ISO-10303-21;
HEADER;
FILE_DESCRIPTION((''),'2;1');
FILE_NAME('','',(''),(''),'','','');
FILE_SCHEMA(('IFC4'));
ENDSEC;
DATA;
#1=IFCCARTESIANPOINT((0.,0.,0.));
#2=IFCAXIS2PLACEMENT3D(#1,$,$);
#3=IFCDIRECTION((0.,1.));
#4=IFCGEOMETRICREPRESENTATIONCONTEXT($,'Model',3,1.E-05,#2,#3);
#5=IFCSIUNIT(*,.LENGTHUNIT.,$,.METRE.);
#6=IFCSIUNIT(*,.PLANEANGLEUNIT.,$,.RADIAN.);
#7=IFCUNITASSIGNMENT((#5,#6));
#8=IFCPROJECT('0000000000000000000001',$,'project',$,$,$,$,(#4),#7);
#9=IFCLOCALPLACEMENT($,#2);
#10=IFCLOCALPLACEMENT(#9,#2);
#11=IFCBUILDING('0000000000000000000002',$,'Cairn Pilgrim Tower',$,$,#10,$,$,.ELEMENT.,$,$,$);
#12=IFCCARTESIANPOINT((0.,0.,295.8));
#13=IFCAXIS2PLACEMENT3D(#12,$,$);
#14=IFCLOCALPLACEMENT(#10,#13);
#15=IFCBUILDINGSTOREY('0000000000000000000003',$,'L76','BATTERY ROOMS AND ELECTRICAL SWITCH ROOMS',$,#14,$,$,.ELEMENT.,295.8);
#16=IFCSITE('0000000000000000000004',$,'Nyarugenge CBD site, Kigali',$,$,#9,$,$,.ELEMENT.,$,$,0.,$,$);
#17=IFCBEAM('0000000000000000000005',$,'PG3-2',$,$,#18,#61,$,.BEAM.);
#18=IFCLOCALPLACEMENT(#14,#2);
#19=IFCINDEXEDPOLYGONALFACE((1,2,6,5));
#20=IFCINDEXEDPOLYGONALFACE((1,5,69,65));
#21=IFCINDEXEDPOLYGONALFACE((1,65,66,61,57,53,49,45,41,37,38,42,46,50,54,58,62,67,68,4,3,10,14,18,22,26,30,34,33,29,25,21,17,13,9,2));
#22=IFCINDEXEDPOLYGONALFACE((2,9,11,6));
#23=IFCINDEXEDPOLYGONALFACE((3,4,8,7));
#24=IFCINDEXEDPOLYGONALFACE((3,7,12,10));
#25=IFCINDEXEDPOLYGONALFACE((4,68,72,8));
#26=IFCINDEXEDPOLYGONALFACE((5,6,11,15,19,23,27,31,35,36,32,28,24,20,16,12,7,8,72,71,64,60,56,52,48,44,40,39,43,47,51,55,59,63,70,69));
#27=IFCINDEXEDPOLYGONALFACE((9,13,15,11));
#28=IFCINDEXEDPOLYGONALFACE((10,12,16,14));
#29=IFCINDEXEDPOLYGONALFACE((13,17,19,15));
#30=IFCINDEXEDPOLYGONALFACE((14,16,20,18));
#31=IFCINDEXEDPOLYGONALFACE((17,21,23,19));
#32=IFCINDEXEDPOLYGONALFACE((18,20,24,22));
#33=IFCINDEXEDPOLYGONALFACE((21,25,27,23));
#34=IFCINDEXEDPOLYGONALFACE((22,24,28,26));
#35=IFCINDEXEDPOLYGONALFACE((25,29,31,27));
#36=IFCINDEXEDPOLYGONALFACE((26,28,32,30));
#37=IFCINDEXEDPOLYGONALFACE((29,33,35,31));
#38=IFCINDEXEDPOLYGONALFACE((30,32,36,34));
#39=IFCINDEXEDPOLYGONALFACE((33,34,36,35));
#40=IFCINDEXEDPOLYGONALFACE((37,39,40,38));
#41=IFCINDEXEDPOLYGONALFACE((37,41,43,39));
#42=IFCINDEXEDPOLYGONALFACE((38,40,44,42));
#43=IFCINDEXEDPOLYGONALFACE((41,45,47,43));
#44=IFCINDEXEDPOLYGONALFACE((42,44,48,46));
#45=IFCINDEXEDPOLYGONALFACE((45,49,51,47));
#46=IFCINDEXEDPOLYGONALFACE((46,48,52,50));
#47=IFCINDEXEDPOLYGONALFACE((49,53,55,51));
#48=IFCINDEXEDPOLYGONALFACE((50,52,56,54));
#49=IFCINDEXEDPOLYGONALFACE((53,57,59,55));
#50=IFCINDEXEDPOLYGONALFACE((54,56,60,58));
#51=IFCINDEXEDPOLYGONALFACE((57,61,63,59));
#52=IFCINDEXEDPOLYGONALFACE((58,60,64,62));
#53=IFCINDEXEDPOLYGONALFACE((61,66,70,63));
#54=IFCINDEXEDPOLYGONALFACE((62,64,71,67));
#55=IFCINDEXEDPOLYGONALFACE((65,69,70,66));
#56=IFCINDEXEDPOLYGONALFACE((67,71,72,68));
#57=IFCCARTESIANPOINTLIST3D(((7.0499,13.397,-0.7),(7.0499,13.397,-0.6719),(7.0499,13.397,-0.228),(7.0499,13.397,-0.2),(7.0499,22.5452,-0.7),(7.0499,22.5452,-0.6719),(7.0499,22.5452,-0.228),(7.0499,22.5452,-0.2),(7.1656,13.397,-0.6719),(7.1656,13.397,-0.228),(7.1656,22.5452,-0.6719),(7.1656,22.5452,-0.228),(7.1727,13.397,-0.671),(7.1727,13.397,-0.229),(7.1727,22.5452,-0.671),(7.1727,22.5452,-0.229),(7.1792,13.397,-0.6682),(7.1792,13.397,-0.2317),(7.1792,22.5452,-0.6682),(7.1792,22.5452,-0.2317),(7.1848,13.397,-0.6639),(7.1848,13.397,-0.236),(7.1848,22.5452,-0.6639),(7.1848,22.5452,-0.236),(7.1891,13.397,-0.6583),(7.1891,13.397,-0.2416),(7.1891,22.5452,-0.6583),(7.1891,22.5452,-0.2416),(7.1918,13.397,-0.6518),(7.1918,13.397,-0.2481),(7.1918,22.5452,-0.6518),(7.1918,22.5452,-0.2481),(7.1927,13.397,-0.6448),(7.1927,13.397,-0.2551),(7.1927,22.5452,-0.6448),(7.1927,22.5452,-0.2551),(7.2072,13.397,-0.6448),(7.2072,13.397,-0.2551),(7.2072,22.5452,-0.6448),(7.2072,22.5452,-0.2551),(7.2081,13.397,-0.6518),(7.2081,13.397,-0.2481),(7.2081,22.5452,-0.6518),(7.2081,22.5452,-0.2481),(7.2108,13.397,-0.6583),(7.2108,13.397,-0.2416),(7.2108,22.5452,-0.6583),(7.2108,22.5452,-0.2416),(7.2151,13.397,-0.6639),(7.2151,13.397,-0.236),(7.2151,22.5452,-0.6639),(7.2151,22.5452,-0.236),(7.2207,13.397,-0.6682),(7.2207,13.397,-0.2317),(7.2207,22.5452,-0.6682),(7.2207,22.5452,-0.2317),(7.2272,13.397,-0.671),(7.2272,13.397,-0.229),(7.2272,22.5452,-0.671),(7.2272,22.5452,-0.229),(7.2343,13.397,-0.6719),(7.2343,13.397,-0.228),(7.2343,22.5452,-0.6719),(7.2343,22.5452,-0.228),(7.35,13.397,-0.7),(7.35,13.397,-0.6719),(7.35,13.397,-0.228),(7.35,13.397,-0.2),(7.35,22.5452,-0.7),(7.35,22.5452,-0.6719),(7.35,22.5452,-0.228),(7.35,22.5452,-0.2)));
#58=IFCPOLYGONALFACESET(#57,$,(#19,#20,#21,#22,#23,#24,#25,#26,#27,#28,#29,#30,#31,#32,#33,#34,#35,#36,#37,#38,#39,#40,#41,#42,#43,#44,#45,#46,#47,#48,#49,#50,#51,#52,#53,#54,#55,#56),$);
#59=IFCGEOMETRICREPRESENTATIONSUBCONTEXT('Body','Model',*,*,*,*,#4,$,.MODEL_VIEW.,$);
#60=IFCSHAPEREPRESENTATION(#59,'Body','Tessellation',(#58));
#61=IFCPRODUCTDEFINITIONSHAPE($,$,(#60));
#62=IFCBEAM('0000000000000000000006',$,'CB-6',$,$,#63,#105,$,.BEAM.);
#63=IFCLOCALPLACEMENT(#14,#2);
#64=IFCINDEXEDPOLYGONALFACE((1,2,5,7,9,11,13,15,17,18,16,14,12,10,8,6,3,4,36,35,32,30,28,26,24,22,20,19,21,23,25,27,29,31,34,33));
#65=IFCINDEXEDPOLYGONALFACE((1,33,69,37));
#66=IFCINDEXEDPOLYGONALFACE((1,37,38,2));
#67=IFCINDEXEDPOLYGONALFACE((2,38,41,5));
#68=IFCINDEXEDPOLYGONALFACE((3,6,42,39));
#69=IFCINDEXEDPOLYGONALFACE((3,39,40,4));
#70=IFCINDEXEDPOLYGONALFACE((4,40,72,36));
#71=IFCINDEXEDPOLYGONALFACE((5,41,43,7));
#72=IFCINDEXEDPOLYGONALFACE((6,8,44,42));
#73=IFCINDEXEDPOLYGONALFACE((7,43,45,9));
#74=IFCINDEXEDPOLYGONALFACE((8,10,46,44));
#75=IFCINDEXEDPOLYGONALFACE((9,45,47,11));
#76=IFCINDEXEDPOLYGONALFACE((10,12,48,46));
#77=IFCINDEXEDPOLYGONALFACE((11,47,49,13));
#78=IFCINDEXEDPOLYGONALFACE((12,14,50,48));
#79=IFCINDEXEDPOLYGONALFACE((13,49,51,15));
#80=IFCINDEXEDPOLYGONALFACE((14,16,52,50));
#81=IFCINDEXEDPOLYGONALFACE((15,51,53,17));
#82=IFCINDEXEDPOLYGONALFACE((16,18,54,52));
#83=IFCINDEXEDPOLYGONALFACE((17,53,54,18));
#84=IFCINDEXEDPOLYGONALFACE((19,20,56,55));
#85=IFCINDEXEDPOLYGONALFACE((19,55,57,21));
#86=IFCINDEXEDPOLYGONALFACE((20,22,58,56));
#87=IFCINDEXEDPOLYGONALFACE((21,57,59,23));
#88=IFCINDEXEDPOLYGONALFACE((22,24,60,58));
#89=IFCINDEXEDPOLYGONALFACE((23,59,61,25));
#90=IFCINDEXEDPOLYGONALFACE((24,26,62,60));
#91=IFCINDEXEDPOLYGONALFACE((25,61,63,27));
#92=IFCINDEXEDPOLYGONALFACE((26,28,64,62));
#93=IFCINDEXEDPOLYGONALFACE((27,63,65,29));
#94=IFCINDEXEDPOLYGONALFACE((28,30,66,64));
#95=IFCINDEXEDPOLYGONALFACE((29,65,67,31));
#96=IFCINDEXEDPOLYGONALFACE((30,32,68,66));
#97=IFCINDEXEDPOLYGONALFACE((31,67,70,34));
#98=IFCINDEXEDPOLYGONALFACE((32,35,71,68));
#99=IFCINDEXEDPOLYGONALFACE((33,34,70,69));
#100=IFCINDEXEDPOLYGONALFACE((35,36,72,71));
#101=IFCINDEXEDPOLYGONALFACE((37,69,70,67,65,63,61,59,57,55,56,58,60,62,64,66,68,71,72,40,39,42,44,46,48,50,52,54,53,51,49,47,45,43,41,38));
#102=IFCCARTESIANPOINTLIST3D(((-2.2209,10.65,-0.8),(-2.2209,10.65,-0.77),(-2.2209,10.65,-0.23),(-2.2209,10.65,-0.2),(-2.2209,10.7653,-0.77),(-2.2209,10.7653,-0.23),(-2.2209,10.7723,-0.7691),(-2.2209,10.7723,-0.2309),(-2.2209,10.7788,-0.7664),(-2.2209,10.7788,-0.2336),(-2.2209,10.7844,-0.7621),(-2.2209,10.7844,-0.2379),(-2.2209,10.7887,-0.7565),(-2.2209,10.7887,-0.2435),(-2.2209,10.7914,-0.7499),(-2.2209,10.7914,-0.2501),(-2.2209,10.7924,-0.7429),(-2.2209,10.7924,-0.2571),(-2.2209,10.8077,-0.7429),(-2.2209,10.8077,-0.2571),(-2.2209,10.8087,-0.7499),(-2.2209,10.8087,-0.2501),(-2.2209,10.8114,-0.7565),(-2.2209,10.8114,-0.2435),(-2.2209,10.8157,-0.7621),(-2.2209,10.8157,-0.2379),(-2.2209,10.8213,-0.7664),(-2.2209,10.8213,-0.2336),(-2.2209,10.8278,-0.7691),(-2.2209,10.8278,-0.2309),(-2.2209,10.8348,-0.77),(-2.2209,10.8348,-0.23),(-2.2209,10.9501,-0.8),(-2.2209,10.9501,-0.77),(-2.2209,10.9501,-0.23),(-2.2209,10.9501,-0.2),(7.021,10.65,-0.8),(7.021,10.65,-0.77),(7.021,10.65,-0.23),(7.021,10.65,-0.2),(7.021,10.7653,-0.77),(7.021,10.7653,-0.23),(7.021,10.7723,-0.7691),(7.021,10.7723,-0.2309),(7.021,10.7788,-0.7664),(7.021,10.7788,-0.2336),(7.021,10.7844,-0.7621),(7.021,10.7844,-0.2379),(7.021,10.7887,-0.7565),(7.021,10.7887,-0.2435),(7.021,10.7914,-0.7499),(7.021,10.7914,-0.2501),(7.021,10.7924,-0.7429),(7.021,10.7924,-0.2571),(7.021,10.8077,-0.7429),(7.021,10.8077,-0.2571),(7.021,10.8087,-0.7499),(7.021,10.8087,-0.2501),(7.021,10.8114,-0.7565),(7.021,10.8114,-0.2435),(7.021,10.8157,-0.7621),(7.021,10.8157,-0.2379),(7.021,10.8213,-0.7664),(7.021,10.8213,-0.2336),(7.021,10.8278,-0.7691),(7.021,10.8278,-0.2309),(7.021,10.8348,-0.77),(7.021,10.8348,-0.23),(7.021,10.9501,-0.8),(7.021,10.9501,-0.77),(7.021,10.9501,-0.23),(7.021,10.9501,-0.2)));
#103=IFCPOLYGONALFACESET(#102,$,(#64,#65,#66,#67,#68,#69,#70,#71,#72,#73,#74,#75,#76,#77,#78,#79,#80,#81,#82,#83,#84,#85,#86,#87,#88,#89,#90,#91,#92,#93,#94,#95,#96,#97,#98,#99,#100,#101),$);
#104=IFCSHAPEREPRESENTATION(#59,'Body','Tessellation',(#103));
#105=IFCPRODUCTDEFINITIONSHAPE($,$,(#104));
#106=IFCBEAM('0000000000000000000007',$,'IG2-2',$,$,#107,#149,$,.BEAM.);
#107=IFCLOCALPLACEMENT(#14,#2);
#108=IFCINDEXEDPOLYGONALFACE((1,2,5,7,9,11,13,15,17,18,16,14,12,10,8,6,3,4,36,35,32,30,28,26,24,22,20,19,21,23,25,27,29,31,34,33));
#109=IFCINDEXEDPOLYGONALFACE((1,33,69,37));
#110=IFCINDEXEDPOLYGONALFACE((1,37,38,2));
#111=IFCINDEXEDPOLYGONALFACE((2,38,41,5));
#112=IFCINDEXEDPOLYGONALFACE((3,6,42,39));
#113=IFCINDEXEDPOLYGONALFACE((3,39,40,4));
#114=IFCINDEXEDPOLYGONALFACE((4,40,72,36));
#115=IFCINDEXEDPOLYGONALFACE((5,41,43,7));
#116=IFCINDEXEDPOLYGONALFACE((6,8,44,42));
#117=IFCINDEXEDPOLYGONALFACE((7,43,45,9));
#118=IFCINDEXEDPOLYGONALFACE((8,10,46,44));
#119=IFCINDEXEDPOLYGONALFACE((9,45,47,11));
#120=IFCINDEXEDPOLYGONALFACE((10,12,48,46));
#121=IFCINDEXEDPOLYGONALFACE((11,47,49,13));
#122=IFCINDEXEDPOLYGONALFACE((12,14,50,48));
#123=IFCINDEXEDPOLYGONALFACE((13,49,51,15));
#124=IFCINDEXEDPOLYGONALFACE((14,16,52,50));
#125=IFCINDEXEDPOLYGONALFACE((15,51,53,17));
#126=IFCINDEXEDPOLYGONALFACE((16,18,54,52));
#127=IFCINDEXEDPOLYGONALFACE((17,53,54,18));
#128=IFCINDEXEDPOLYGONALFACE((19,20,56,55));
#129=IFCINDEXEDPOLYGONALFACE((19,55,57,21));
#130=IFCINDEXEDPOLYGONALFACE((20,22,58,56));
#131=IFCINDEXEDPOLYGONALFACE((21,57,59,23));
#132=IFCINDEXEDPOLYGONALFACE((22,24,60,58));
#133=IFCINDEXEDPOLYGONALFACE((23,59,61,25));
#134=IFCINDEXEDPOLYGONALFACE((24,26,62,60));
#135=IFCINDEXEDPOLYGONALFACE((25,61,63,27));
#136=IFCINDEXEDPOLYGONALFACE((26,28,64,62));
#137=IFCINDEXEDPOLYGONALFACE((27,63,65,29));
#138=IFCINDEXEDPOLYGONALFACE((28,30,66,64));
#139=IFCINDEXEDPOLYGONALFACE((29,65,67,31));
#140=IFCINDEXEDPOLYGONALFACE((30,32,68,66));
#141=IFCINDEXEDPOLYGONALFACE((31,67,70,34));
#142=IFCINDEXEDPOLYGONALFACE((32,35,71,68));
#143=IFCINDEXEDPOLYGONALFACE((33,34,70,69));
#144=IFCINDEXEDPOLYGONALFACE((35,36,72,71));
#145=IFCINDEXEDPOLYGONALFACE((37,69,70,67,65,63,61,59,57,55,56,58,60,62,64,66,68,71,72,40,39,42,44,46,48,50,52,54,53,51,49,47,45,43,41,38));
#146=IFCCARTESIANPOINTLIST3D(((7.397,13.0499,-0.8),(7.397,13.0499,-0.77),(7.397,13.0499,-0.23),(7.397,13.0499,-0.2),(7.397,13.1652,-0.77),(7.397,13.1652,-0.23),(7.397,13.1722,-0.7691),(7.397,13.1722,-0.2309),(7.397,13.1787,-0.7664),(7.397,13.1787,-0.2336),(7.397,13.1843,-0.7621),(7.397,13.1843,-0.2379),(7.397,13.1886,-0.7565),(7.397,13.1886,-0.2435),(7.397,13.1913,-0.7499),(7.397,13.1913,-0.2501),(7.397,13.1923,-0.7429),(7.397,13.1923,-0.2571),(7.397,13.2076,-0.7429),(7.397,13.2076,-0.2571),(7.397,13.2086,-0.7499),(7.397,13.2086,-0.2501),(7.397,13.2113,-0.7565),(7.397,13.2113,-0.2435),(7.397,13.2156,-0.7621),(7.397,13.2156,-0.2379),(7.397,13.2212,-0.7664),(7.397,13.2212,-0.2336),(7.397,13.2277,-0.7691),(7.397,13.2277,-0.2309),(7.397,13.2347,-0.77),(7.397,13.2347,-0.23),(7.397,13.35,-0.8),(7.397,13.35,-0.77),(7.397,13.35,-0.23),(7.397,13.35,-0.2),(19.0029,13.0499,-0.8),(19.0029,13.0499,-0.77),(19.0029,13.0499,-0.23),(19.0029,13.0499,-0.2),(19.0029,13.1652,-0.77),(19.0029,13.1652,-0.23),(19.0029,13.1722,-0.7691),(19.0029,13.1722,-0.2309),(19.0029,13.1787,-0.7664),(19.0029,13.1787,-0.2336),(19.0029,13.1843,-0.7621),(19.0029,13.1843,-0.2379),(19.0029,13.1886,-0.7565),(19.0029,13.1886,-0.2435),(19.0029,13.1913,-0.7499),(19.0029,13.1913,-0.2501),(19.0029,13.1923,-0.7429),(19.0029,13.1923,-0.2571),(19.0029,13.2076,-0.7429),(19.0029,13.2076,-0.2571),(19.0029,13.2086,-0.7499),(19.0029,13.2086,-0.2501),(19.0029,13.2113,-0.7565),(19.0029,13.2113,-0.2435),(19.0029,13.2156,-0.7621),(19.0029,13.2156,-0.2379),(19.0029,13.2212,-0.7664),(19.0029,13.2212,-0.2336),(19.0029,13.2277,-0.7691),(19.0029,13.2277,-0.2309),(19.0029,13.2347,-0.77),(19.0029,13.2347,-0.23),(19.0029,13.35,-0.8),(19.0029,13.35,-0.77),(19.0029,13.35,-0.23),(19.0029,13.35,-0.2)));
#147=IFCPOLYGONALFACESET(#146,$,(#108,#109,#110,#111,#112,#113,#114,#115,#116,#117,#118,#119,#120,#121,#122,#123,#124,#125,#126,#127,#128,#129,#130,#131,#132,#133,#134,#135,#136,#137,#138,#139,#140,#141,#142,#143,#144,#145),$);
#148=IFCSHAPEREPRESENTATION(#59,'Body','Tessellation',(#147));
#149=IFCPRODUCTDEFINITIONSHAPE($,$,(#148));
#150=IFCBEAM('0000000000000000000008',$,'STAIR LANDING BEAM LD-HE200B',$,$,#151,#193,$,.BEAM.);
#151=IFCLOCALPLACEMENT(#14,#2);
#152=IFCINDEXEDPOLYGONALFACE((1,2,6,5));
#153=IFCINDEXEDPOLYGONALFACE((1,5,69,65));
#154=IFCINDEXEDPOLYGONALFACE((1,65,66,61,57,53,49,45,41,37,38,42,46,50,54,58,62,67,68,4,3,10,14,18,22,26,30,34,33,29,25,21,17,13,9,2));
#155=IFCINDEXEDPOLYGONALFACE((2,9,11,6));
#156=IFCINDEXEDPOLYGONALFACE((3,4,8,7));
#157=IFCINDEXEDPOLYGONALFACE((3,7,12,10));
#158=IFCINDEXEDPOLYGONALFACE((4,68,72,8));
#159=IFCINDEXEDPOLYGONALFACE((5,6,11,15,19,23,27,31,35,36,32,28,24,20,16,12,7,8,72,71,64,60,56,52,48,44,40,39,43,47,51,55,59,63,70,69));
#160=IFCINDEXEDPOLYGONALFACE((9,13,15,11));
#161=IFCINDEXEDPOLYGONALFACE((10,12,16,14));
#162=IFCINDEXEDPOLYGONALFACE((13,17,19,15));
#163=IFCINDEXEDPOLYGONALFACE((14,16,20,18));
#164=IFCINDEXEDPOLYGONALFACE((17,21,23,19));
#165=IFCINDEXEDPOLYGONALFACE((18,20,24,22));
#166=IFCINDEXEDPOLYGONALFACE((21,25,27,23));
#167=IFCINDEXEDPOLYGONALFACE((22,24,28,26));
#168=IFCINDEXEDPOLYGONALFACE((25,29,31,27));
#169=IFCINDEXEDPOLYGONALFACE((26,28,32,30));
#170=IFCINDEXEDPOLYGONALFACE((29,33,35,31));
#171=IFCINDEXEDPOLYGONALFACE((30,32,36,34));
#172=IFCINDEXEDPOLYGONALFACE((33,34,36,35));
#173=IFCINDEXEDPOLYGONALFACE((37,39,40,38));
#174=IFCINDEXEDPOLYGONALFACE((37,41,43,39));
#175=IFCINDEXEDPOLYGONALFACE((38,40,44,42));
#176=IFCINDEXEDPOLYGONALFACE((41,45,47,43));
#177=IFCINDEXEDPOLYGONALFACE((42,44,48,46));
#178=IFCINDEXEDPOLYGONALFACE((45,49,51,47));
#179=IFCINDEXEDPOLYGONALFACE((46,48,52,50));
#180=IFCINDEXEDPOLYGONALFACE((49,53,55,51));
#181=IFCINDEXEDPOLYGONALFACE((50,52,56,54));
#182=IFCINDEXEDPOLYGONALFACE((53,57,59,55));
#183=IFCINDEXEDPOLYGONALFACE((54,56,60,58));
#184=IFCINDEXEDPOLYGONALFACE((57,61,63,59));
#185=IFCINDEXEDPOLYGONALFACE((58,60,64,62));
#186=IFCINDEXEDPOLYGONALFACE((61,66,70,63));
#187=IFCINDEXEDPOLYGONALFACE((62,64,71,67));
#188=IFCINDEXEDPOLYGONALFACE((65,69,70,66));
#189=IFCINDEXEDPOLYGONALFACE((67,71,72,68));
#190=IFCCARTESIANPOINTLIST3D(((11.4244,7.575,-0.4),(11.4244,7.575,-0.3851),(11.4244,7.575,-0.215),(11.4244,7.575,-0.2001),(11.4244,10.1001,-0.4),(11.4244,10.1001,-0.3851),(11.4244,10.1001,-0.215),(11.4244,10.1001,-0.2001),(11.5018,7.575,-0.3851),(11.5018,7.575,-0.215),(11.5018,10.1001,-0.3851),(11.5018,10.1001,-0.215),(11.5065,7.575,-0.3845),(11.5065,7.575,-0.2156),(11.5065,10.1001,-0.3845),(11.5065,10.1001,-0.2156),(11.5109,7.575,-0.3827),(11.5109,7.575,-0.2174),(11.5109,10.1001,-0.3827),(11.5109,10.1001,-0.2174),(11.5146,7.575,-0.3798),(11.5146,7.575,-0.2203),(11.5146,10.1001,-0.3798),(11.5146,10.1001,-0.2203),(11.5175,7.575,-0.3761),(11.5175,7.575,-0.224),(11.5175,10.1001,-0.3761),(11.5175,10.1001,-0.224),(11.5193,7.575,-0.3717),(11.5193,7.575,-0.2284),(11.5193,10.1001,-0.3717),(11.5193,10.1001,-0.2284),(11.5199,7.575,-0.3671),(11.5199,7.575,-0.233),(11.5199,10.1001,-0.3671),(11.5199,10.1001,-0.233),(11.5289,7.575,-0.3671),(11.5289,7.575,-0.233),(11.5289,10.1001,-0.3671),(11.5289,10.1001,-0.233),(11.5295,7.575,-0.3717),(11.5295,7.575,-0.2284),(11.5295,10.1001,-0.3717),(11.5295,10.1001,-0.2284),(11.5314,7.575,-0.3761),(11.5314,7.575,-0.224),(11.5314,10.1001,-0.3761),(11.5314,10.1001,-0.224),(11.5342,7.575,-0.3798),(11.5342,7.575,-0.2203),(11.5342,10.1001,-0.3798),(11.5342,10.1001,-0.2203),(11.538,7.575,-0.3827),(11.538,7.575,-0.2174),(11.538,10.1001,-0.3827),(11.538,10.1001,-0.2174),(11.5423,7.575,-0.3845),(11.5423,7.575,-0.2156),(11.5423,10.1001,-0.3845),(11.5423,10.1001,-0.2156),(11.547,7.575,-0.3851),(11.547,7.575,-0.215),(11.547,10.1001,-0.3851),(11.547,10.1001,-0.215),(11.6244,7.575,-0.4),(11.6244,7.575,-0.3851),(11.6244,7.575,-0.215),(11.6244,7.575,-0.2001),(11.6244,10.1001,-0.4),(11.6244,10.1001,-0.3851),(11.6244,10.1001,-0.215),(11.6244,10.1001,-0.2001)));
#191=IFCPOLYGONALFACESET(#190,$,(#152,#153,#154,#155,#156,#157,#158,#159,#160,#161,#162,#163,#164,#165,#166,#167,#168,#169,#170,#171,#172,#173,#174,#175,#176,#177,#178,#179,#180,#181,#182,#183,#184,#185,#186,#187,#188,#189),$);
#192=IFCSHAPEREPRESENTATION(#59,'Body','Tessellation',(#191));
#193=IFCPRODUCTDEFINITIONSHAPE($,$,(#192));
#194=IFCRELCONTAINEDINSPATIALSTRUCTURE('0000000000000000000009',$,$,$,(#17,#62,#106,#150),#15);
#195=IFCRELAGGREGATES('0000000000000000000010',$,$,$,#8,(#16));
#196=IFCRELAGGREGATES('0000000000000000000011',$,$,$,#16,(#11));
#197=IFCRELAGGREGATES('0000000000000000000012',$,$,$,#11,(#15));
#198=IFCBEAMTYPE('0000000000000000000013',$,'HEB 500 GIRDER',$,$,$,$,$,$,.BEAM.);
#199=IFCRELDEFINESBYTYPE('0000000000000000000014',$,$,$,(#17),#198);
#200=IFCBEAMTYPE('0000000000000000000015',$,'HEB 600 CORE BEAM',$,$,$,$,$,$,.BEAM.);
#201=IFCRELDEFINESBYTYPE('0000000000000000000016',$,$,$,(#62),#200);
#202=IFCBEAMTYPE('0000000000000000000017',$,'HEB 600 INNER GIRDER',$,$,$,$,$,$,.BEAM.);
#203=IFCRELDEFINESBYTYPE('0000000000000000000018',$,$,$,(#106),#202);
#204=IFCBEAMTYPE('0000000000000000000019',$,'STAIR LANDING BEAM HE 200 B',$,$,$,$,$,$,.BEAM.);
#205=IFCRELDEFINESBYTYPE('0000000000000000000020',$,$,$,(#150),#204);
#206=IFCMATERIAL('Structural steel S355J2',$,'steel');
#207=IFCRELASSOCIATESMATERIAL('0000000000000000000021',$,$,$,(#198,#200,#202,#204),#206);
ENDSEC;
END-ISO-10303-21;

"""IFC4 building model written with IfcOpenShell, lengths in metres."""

from ifc_helpers import new_model, si_unit, direction, frame, origin, origin_2d, place, context, subcontext, project, spatial, i_section, extrude, material, material_profile, profile_set, type_object, element, save


model = new_model("IFC4")

# Units and contexts
model_context = context("Model", 3, precision=1e-05, world=origin(), true_north=direction((0.0, 1.0)))
body_context = subcontext(model_context, "Body", "Model", "MODEL_VIEW")
ifc_project = project(units=[si_unit("LENGTHUNIT", "METRE"), si_unit("PLANEANGLEUNIT", "RADIAN")], contexts=[model_context])

# Site, building, storey
site_placement = place(None, origin())
site = spatial("IfcSite", under=ifc_project, at=site_placement, Name="Nyarugenge CBD site, Kigali", CompositionType="ELEMENT", RefElevation=0.0)
building_placement = place(site_placement, origin())
building = spatial("IfcBuilding", under=site, at=building_placement, Name="Cairn Pilgrim Tower", CompositionType="ELEMENT")
storey_placement = place(building_placement, frame((0.0, 0.0, 295.8)))
storey = spatial("IfcBuildingStorey", under=building, at=storey_placement, Name="L76", Description="BATTERY ROOMS AND ELECTRICAL SWITCH ROOMS", CompositionType="ELEMENT", Elevation=295.8)

# Shared definitions
ifc_material_1 = material(Name="Structural steel S355J2", Category="steel")

# Beams
ifc_material_profile_1 = material_profile(ifc_material_1, i_section(OverallWidth=0.3, OverallDepth=0.5, WebThickness=0.0144, FlangeThickness=0.0281, FilletRadius=0.0271, at=origin_2d()), Name="HEB 500")
ifc_profile_set_1 = profile_set([ifc_material_profile_1], Name="Structural steel S355J2")
beam_type_1 = type_object("IfcBeamType", Name="HEB 500 GIRDER", PredefinedType="BEAM", material=ifc_profile_set_1)
beam_1_placement = place(storey_placement, frame((7.2, 13.397, -0.45), z_axis=(0.0, 1.0, 0.0), x_axis=(-1.0, 0.0, 0.0)))
element("IfcBeam", 1, at=beam_1_placement, inside=storey, type_object=beam_type_1, Name="PG3-2", PredefinedType="BEAM", context=body_context, shape_type="SweptSolid", body=[
    extrude(i_section(OverallWidth=0.3, OverallDepth=0.5, WebThickness=0.0144, FlangeThickness=0.0281, FilletRadius=0.0271, at=origin_2d()), origin(), (0.0, 0.0, 1.0), 9.1482),
])
ifc_material_profile_2 = material_profile(ifc_material_1, i_section(OverallWidth=0.3, OverallDepth=0.6001, WebThickness=0.0154, FlangeThickness=0.03, FilletRadius=0.0271, at=origin_2d()), Name="HEB 600")
ifc_profile_set_2 = profile_set([ifc_material_profile_2], Name="Structural steel S355J2")
beam_type_2 = type_object("IfcBeamType", Name="HEB 600 CORE BEAM", PredefinedType="BEAM", material=ifc_profile_set_2)
beam_2_placement = place(storey_placement, frame((7.021, 10.8, -0.5), z_axis=(-1.0, 0.0, 0.0), x_axis=(0.0, -1.0, 0.0)))
element("IfcBeam", 2, at=beam_2_placement, inside=storey, type_object=beam_type_2, Name="CB-6", PredefinedType="BEAM", context=body_context, shape_type="SweptSolid", body=[
    extrude(i_section(OverallWidth=0.3, OverallDepth=0.6001, WebThickness=0.0154, FlangeThickness=0.03, FilletRadius=0.0271, at=origin_2d()), origin(), (0.0, 0.0, 1.0), 9.2419),
])
ifc_material_profile_3 = material_profile(ifc_material_1, i_section(OverallWidth=0.3, OverallDepth=0.6001, WebThickness=0.0154, FlangeThickness=0.03, FilletRadius=0.0271, at=origin_2d()), Name="HEB 600")
ifc_profile_set_3 = profile_set([ifc_material_profile_3], Name="Structural steel S355J2")
beam_type_3 = type_object("IfcBeamType", Name="HEB 600 INNER GIRDER", PredefinedType="BEAM", material=ifc_profile_set_3)
beam_3_placement = place(storey_placement, frame((7.397, 13.2, -0.5), z_axis=(1.0, 0.0, 0.0), x_axis=(0.0, 1.0, 0.0)))
element("IfcBeam", 3, at=beam_3_placement, inside=storey, type_object=beam_type_3, Name="IG2-2", PredefinedType="BEAM", context=body_context, shape_type="SweptSolid", body=[
    extrude(i_section(OverallWidth=0.3, OverallDepth=0.6001, WebThickness=0.0154, FlangeThickness=0.03, FilletRadius=0.0271, at=origin_2d()), origin(), (0.0, 0.0, 1.0), 11.606),
])
ifc_material_profile_4 = material_profile(ifc_material_1, i_section(OverallWidth=0.2, OverallDepth=0.2, WebThickness=0.009, FlangeThickness=0.0149, FilletRadius=0.0181, at=origin_2d()), Name="HE 200 B")
ifc_profile_set_4 = profile_set([ifc_material_profile_4], Name="Structural steel S355J2")
beam_type_4 = type_object("IfcBeamType", Name="STAIR LANDING BEAM HE 200 B", PredefinedType="BEAM", material=ifc_profile_set_4)
beam_4_placement = place(storey_placement, frame((11.5244, 10.1001, -0.3), z_axis=(0.0, -1.0, 0.0), x_axis=(1.0, 0.0, 0.0)))
element("IfcBeam", 4, at=beam_4_placement, inside=storey, type_object=beam_type_4, Name="STAIR LANDING BEAM LD-HE200B", PredefinedType="BEAM", context=body_context, shape_type="SweptSolid", body=[
    extrude(i_section(OverallWidth=0.2, OverallDepth=0.2, WebThickness=0.009, FlangeThickness=0.0149, FilletRadius=0.0181, at=origin_2d()), origin(), (0.0, 0.0, 1.0), 2.5251),
])

save(model, "model.ifc")
